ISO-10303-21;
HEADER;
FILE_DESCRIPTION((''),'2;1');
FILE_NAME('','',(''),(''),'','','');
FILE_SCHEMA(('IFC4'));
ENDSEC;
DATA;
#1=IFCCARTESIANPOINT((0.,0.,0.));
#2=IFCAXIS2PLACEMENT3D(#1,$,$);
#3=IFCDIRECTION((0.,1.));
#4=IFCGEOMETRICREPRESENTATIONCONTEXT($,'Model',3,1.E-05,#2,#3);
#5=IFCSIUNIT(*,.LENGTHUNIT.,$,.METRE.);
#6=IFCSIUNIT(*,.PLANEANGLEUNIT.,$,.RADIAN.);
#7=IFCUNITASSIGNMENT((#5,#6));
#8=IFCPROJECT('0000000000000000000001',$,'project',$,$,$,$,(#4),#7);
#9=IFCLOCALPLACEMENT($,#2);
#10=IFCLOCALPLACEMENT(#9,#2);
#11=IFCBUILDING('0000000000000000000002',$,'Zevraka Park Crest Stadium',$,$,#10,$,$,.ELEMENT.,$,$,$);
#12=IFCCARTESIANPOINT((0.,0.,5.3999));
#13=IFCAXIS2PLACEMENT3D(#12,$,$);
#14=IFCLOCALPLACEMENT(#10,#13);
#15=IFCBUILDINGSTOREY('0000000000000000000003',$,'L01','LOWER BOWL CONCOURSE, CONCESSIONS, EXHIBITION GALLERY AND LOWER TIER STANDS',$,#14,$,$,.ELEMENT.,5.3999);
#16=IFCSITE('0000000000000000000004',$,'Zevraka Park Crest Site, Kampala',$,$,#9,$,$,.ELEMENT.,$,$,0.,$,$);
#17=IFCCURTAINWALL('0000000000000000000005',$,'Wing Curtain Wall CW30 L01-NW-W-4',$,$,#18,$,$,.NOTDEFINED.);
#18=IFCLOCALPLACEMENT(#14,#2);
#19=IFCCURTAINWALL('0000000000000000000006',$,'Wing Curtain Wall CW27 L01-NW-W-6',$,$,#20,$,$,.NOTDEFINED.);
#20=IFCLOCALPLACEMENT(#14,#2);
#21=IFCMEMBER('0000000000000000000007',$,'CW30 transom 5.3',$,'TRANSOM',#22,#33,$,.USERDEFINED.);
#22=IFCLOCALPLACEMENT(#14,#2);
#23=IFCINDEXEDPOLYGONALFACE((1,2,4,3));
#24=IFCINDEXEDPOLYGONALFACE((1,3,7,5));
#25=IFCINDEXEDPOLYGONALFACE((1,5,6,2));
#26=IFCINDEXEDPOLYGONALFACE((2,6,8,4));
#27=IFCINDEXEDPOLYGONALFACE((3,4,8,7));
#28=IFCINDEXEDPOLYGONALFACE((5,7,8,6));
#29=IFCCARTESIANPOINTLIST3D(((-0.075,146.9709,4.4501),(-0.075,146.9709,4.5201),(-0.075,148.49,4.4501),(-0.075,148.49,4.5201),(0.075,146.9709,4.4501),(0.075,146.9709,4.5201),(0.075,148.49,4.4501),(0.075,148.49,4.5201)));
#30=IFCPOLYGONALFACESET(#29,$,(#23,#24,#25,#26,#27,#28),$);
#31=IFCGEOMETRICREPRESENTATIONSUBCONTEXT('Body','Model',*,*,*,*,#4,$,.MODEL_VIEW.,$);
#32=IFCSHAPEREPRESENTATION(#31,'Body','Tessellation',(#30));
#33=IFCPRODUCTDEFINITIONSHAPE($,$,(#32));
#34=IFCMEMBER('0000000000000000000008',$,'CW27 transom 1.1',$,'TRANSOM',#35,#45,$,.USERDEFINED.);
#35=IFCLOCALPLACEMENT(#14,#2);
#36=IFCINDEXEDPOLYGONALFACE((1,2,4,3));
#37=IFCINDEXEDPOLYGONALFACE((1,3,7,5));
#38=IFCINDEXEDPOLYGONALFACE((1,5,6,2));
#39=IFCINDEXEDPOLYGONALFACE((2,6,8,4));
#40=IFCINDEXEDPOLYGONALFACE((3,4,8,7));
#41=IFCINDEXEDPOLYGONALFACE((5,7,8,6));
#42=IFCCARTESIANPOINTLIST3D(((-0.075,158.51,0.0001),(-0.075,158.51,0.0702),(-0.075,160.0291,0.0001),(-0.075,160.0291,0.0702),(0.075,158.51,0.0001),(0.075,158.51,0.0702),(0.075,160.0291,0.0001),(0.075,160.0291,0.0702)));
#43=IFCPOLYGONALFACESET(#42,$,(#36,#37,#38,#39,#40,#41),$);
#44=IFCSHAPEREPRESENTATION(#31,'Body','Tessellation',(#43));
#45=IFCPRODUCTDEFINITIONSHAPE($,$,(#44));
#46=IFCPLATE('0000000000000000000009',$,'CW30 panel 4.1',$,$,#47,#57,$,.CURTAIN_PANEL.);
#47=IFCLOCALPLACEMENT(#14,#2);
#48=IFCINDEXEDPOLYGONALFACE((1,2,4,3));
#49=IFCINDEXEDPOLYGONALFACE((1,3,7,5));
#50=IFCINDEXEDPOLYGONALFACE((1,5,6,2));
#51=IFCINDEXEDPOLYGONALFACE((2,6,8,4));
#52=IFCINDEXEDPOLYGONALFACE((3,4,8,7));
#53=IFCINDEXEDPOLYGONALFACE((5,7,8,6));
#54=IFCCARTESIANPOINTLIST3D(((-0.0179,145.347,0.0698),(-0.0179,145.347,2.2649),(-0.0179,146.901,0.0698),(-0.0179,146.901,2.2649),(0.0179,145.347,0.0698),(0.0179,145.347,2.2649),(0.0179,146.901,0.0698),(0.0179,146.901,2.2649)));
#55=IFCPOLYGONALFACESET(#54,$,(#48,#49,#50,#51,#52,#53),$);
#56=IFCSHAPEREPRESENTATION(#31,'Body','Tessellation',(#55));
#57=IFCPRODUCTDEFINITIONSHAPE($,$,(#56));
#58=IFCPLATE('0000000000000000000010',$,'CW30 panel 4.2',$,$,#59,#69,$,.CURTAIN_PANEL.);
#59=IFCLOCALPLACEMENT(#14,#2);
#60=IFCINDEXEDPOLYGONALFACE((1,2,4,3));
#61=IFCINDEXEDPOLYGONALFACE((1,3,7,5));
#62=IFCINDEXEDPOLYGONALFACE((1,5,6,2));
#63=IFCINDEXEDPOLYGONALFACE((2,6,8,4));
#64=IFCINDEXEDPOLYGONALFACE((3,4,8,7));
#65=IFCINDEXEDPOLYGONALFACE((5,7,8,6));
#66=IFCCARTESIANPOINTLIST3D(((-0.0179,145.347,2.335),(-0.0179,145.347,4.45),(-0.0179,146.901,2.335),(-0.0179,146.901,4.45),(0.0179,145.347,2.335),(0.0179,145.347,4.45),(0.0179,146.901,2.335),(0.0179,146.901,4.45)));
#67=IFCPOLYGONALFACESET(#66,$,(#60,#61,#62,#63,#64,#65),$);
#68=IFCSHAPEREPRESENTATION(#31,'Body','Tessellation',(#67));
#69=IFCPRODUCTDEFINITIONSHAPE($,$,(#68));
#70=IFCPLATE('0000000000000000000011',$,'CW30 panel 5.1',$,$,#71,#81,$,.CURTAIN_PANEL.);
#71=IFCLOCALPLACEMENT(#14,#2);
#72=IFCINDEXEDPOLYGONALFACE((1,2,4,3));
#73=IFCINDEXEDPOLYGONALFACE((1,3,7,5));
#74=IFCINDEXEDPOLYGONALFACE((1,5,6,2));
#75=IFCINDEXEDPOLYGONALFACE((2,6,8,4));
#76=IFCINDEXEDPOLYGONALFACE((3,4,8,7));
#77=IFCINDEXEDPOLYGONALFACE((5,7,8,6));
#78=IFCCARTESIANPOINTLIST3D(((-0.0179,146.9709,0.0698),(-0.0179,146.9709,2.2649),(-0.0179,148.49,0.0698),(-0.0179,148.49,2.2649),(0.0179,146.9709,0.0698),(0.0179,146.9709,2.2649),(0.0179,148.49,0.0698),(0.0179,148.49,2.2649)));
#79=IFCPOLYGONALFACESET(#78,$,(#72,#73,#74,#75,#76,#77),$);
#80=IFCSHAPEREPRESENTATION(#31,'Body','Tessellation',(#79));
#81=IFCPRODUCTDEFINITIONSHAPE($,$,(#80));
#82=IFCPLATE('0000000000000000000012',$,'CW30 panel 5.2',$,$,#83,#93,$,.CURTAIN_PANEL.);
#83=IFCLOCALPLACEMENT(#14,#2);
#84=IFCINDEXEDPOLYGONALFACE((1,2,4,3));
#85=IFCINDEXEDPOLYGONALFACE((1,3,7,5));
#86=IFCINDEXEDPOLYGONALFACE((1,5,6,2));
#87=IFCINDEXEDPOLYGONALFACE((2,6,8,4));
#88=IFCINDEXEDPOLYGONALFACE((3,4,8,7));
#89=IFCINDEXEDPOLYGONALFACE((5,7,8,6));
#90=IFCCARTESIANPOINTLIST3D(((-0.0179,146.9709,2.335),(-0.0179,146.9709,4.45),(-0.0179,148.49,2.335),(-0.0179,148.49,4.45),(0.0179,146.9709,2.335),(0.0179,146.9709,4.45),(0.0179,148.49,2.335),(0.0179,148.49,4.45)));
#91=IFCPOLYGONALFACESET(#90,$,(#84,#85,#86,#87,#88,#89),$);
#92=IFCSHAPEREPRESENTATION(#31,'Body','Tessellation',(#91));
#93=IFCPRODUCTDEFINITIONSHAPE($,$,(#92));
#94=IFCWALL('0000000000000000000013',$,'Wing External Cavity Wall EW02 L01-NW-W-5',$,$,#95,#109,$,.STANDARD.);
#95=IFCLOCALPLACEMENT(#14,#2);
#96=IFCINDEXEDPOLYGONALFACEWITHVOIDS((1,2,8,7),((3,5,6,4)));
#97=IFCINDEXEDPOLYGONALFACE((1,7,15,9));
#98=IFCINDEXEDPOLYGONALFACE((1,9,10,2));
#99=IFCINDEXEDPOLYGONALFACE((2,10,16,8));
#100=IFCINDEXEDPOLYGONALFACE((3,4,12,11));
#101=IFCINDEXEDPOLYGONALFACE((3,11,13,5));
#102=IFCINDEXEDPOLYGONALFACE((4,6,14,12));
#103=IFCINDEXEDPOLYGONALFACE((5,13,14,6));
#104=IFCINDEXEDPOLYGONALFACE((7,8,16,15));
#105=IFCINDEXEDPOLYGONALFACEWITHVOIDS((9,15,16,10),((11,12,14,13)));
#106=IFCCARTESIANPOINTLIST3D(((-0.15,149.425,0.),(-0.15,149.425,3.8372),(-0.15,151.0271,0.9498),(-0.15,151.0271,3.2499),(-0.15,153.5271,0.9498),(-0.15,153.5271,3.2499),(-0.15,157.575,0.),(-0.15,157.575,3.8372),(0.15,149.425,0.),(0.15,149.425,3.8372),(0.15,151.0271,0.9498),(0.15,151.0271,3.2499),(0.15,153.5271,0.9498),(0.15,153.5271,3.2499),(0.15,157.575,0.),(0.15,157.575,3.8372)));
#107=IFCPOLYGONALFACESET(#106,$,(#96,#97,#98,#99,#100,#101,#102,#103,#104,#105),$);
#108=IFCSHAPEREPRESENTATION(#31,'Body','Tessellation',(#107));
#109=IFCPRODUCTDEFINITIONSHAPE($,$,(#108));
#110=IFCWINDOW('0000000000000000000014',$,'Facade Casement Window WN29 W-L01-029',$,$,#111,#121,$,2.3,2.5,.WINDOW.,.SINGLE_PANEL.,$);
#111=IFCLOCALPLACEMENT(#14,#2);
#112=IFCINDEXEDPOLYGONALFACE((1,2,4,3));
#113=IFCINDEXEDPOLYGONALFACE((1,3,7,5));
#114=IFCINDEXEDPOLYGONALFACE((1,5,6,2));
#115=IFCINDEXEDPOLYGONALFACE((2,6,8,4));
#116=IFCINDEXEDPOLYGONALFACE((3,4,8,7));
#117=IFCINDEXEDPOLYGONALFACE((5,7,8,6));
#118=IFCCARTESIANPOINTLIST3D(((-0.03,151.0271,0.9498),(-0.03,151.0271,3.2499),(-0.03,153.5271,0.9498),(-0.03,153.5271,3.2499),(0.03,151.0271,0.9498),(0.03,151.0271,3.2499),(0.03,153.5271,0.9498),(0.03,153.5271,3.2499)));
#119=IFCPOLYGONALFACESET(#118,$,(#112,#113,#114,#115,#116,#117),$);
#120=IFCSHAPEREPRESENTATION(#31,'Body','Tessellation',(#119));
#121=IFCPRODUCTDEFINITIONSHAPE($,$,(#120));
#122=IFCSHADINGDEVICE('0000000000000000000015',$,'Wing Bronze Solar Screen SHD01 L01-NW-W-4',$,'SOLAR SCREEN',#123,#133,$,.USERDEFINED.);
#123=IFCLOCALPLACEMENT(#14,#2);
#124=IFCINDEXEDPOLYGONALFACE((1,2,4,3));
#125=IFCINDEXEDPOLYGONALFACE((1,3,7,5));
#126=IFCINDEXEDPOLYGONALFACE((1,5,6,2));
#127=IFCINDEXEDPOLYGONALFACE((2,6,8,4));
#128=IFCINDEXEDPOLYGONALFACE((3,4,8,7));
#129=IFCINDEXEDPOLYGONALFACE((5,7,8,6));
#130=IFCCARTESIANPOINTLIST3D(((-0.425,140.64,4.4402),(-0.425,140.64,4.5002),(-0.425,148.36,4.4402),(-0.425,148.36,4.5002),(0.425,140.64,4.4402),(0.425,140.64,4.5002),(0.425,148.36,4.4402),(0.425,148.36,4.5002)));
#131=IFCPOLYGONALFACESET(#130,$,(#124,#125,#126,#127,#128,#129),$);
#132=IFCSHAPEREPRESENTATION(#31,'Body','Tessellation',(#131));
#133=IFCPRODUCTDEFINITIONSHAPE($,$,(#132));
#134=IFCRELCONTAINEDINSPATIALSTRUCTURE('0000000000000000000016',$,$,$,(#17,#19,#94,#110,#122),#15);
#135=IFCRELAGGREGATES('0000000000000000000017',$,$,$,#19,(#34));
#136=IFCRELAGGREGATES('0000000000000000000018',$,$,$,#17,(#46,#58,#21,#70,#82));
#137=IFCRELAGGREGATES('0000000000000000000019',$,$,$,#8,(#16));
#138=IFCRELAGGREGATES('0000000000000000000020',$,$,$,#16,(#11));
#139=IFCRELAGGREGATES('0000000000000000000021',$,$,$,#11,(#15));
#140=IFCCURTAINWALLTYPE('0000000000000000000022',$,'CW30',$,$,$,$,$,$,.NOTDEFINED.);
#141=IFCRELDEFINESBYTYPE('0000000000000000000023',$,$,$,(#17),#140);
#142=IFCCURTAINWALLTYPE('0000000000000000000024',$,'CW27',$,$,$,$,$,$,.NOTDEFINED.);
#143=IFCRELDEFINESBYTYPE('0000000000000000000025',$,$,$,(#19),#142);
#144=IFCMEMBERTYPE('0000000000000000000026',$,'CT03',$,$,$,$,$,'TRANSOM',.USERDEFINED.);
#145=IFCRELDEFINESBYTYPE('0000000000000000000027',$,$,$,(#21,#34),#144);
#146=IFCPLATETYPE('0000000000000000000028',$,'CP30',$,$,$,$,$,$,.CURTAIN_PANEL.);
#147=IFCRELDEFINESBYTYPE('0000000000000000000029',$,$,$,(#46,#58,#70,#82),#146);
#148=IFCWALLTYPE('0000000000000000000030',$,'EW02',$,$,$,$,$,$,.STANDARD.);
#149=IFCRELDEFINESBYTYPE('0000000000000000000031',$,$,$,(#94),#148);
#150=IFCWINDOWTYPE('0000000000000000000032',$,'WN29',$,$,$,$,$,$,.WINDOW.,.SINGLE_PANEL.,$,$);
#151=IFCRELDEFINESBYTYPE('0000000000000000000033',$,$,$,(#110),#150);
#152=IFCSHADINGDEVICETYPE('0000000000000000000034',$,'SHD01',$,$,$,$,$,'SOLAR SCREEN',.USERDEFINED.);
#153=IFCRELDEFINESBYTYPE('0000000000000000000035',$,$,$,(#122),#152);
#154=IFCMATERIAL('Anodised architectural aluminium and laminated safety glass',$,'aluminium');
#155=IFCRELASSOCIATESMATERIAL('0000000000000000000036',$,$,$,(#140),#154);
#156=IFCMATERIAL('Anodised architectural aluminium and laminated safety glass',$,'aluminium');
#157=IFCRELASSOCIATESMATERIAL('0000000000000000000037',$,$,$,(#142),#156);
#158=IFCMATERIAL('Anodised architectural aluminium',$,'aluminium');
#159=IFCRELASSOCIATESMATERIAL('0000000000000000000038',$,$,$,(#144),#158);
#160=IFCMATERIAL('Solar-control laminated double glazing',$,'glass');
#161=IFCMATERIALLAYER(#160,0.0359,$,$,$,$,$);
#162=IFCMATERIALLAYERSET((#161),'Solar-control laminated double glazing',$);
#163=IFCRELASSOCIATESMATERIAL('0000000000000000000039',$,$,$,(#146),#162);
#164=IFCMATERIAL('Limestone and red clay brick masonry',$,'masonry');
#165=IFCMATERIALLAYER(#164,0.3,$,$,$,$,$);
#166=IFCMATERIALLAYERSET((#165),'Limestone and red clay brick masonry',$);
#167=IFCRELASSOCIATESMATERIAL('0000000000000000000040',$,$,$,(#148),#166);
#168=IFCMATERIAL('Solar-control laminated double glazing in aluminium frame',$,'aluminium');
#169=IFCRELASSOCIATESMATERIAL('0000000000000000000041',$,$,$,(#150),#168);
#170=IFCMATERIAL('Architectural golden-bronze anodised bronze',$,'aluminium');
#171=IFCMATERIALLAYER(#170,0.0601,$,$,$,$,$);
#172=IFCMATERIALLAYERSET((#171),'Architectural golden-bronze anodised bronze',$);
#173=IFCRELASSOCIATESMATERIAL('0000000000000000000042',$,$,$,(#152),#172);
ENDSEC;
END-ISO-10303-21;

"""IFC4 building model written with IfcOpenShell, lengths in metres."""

from ifc_helpers import new_model, si_unit, direction, frame, frame_2d, origin, origin_2d, place, context, subcontext, project, spatial, rectangle, extrude, material, layer, layer_set, material_profile, profile_set, type_object, element, fill, aggregate, save


model = new_model("IFC4")

# Units and contexts
model_context = context("Model", 3, precision=1e-05, world=origin(), true_north=direction((0.0, 1.0)))
body_context = subcontext(model_context, "Body", "Model", "MODEL_VIEW")
ifc_project = project(units=[si_unit("LENGTHUNIT", "METRE"), si_unit("PLANEANGLEUNIT", "RADIAN")], contexts=[model_context])

# Site, building, storey
site_placement = place(None, origin())
site = spatial("IfcSite", under=ifc_project, at=site_placement, Name="Zevraka Park Crest Site, Kampala", CompositionType="ELEMENT", RefElevation=0.0)
building_placement = place(site_placement, origin())
building = spatial("IfcBuilding", under=site, at=building_placement, Name="Zevraka Park Crest Stadium", CompositionType="ELEMENT")
storey_placement = place(building_placement, frame((0.0, 0.0, 5.3999)))
storey = spatial("IfcBuildingStorey", under=building, at=storey_placement, Name="L01", Description="LOWER BOWL CONCOURSE, CONCESSIONS, EXHIBITION GALLERY AND LOWER TIER STANDS", CompositionType="ELEMENT", Elevation=5.3999)

# Curtain wall
ifc_material_1 = material(Name="Anodised architectural aluminium and laminated safety glass", Category="aluminium")
curtain_wall_type_1 = type_object("IfcCurtainWallType", Name="CW30", PredefinedType="NOTDEFINED", material=ifc_material_1)
curtain_wall_1_placement = place(storey_placement, origin())
curtain_wall_1 = element("IfcCurtainWall", 1, at=curtain_wall_1_placement, inside=storey, type_object=curtain_wall_type_1, Name="Wing Curtain Wall CW30 L01-NW-W-4", PredefinedType="NOTDEFINED")

# Curtain wall
ifc_material_2 = material(Name="Anodised architectural aluminium and laminated safety glass", Category="aluminium")
curtain_wall_type_2 = type_object("IfcCurtainWallType", Name="CW27", PredefinedType="NOTDEFINED", material=ifc_material_2)
curtain_wall_2_placement = place(storey_placement, origin())
curtain_wall_2 = element("IfcCurtainWall", 2, at=curtain_wall_2_placement, inside=storey, type_object=curtain_wall_type_2, Name="Wing Curtain Wall CW27 L01-NW-W-6", PredefinedType="NOTDEFINED")

# Members
ifc_material_3 = material(Name="Anodised architectural aluminium", Category="aluminium")
ifc_material_profile_1 = material_profile(ifc_material_3, rectangle(XDim=0.1499, YDim=0.0701, at=origin_2d()), Name="ALU TRANSOM 150x70")
ifc_profile_set_1 = profile_set([ifc_material_profile_1], Name="Anodised architectural aluminium")
member_type_1 = type_object("IfcMemberType", Name="CT03", ElementType="TRANSOM", PredefinedType="USERDEFINED", material=ifc_profile_set_1)
member_1_placement = place(storey_placement, frame((0.0, 146.9709, 4.4851), z_axis=(0.0, 1.0, 0.0), x_axis=(-1.0, 0.0, 0.0)))
member_1 = element("IfcMember", 3, at=member_1_placement, type_object=member_type_1, Name="CW30 transom 5.3", ObjectType="TRANSOM", PredefinedType="USERDEFINED", context=body_context, shape_type="SweptSolid", body=[
    extrude(rectangle(XDim=0.1499, YDim=0.0701, at=origin_2d()), origin(), (0.0, 0.0, 1.0), 1.519),
])
member_2_placement = place(storey_placement, frame((0.0, 158.51, 0.0352), z_axis=(0.0, 1.0, 0.0), x_axis=(-1.0, 0.0, 0.0)))
member_2 = element("IfcMember", 4, at=member_2_placement, type_object=member_type_1, Name="CW27 transom 1.1", ObjectType="TRANSOM", PredefinedType="USERDEFINED", context=body_context, shape_type="SweptSolid", body=[
    extrude(rectangle(XDim=0.1499, YDim=0.0701, at=origin_2d()), origin(), (0.0, 0.0, 1.0), 1.519),
])
aggregate(curtain_wall_2, [member_2])

# Plates
ifc_material_4 = material(Name="Solar-control laminated double glazing", Category="glass")
ifc_layer_1 = layer(ifc_material_4, 0.0359)
ifc_layer_set_1 = layer_set([ifc_layer_1], Name="Solar-control laminated double glazing")
plate_type = type_object("IfcPlateType", Name="CP30", PredefinedType="CURTAIN_PANEL", material=ifc_layer_set_1)
plate_1_placement = place(storey_placement, frame((0.0, 146.124, 0.0698), z_axis=(0.0, 0.0, 1.0), x_axis=(0.0, 1.0, 0.0)))
plate_1 = element("IfcPlate", 5, at=plate_1_placement, type_object=plate_type, Name="CW30 panel 4.1", PredefinedType="CURTAIN_PANEL", context=body_context, shape_type="SweptSolid", body=[
    extrude(rectangle(XDim=1.554, YDim=0.0359, at=origin_2d()), origin(), (0.0, 0.0, 1.0), 2.1951),
])
plate_2_placement = place(storey_placement, frame((0.0, 146.124, 2.335), z_axis=(0.0, 0.0, 1.0), x_axis=(0.0, 1.0, 0.0)))
plate_2 = element("IfcPlate", 6, at=plate_2_placement, type_object=plate_type, Name="CW30 panel 4.2", PredefinedType="CURTAIN_PANEL", context=body_context, shape_type="SweptSolid", body=[
    extrude(rectangle(XDim=1.554, YDim=0.0359, at=origin_2d()), origin(), (0.0, 0.0, 1.0), 2.115),
])
plate_3_placement = place(storey_placement, frame((0.0, 147.7305, 0.0698), z_axis=(0.0, 0.0, 1.0), x_axis=(0.0, 1.0, 0.0)))
plate_3 = element("IfcPlate", 7, at=plate_3_placement, type_object=plate_type, Name="CW30 panel 5.1", PredefinedType="CURTAIN_PANEL", context=body_context, shape_type="SweptSolid", body=[
    extrude(rectangle(XDim=1.519, YDim=0.0359, at=origin_2d()), origin(), (0.0, 0.0, 1.0), 2.1951),
])
plate_4_placement = place(storey_placement, frame((0.0, 147.7305, 2.335), z_axis=(0.0, 0.0, 1.0), x_axis=(0.0, 1.0, 0.0)))
plate_4 = element("IfcPlate", 8, at=plate_4_placement, type_object=plate_type, Name="CW30 panel 5.2", PredefinedType="CURTAIN_PANEL", context=body_context, shape_type="SweptSolid", body=[
    extrude(rectangle(XDim=1.519, YDim=0.0359, at=origin_2d()), origin(), (0.0, 0.0, 1.0), 2.115),
])
aggregate(curtain_wall_1, [plate_1, plate_2, member_1, plate_3, plate_4])

# Wall, opening, window
ifc_material_5 = material(Name="Limestone and red clay brick masonry", Category="masonry")
ifc_layer_2 = layer(ifc_material_5, 0.3)
ifc_layer_set_2 = layer_set([ifc_layer_2], Name="Limestone and red clay brick masonry")
wall_type = type_object("IfcWallType", Name="EW02", PredefinedType="STANDARD", material=ifc_layer_set_2)
wall_placement = place(storey_placement, frame((0.0, 149.425, 0.0), z_axis=(0.0, 0.0, 1.0), x_axis=(0.0, 1.0, 0.0)))
wall = element("IfcWall", 9, at=wall_placement, inside=storey, type_object=wall_type, Name="Wing External Cavity Wall EW02 L01-NW-W-5", PredefinedType="STANDARD", context=body_context, shape_type="SweptSolid", body=[
    extrude(rectangle(XDim=8.1499, YDim=0.3, at=frame_2d((4.075, 0.0))), origin(), (0.0, 0.0, 1.0), 3.8372),
])
opening_placement = place(wall_placement, frame((1.6021, 0.0, 0.95)))
opening = element("IfcOpeningElement", 10, at=opening_placement, cuts=wall, PredefinedType="OPENING", context=body_context, shape_type="SweptSolid", body=[
    extrude(rectangle(XDim=2.5, YDim=2.3, at=frame_2d((1.25, 1.1499))), frame((0.0, 0.1599, 0.0), z_axis=(0.0, -1.0, 0.0), x_axis=(1.0, 0.0, 0.0)), (0.0, 0.0, 1.0), 0.3201),
])
ifc_material_6 = material(Name="Solar-control laminated double glazing in aluminium frame", Category="aluminium")
window_type = type_object("IfcWindowType", Name="WN29", PartitioningType="SINGLE_PANEL", PredefinedType="WINDOW", material=ifc_material_6)
window_placement = place(opening_placement, origin())
window = element("IfcWindow", 11, at=window_placement, inside=storey, type_object=window_type, Name="Facade Casement Window WN29 W-L01-029", OverallHeight=2.3, OverallWidth=2.5, PartitioningType="SINGLE_PANEL", PredefinedType="WINDOW", context=body_context, shape_type="SweptSolid", body=[
    extrude(rectangle(XDim=2.5, YDim=2.3, at=frame_2d((1.25, 1.1499))), frame((0.0, 0.03, 0.0), z_axis=(0.0, -1.0, 0.0), x_axis=(1.0, 0.0, 0.0)), (0.0, 0.0, 1.0), 0.0601),
])
fill(opening, window)

# Shading device
ifc_material_7 = material(Name="Architectural golden-bronze anodised bronze", Category="aluminium")
ifc_layer_3 = layer(ifc_material_7, 0.0601)
ifc_layer_set_3 = layer_set([ifc_layer_3], Name="Architectural golden-bronze anodised bronze")
shading_device_type = type_object("IfcShadingDeviceType", Name="SHD01", ElementType="SOLAR SCREEN", PredefinedType="USERDEFINED", material=ifc_layer_set_3)
shading_device_placement = place(storey_placement, frame((0.0, 144.5, 4.4402), z_axis=(0.0, 0.0, 1.0), x_axis=(0.0, 1.0, 0.0)))
element("IfcShadingDevice", 12, at=shading_device_placement, inside=storey, type_object=shading_device_type, Name="Wing Bronze Solar Screen SHD01 L01-NW-W-4", ObjectType="SOLAR SCREEN", PredefinedType="USERDEFINED", context=body_context, shape_type="SweptSolid", body=[
    extrude(rectangle(XDim=7.72, YDim=0.8501, at=origin_2d()), origin(), (0.0, 0.0, 1.0), 0.0601),
])

save(model, "model.ifc")
